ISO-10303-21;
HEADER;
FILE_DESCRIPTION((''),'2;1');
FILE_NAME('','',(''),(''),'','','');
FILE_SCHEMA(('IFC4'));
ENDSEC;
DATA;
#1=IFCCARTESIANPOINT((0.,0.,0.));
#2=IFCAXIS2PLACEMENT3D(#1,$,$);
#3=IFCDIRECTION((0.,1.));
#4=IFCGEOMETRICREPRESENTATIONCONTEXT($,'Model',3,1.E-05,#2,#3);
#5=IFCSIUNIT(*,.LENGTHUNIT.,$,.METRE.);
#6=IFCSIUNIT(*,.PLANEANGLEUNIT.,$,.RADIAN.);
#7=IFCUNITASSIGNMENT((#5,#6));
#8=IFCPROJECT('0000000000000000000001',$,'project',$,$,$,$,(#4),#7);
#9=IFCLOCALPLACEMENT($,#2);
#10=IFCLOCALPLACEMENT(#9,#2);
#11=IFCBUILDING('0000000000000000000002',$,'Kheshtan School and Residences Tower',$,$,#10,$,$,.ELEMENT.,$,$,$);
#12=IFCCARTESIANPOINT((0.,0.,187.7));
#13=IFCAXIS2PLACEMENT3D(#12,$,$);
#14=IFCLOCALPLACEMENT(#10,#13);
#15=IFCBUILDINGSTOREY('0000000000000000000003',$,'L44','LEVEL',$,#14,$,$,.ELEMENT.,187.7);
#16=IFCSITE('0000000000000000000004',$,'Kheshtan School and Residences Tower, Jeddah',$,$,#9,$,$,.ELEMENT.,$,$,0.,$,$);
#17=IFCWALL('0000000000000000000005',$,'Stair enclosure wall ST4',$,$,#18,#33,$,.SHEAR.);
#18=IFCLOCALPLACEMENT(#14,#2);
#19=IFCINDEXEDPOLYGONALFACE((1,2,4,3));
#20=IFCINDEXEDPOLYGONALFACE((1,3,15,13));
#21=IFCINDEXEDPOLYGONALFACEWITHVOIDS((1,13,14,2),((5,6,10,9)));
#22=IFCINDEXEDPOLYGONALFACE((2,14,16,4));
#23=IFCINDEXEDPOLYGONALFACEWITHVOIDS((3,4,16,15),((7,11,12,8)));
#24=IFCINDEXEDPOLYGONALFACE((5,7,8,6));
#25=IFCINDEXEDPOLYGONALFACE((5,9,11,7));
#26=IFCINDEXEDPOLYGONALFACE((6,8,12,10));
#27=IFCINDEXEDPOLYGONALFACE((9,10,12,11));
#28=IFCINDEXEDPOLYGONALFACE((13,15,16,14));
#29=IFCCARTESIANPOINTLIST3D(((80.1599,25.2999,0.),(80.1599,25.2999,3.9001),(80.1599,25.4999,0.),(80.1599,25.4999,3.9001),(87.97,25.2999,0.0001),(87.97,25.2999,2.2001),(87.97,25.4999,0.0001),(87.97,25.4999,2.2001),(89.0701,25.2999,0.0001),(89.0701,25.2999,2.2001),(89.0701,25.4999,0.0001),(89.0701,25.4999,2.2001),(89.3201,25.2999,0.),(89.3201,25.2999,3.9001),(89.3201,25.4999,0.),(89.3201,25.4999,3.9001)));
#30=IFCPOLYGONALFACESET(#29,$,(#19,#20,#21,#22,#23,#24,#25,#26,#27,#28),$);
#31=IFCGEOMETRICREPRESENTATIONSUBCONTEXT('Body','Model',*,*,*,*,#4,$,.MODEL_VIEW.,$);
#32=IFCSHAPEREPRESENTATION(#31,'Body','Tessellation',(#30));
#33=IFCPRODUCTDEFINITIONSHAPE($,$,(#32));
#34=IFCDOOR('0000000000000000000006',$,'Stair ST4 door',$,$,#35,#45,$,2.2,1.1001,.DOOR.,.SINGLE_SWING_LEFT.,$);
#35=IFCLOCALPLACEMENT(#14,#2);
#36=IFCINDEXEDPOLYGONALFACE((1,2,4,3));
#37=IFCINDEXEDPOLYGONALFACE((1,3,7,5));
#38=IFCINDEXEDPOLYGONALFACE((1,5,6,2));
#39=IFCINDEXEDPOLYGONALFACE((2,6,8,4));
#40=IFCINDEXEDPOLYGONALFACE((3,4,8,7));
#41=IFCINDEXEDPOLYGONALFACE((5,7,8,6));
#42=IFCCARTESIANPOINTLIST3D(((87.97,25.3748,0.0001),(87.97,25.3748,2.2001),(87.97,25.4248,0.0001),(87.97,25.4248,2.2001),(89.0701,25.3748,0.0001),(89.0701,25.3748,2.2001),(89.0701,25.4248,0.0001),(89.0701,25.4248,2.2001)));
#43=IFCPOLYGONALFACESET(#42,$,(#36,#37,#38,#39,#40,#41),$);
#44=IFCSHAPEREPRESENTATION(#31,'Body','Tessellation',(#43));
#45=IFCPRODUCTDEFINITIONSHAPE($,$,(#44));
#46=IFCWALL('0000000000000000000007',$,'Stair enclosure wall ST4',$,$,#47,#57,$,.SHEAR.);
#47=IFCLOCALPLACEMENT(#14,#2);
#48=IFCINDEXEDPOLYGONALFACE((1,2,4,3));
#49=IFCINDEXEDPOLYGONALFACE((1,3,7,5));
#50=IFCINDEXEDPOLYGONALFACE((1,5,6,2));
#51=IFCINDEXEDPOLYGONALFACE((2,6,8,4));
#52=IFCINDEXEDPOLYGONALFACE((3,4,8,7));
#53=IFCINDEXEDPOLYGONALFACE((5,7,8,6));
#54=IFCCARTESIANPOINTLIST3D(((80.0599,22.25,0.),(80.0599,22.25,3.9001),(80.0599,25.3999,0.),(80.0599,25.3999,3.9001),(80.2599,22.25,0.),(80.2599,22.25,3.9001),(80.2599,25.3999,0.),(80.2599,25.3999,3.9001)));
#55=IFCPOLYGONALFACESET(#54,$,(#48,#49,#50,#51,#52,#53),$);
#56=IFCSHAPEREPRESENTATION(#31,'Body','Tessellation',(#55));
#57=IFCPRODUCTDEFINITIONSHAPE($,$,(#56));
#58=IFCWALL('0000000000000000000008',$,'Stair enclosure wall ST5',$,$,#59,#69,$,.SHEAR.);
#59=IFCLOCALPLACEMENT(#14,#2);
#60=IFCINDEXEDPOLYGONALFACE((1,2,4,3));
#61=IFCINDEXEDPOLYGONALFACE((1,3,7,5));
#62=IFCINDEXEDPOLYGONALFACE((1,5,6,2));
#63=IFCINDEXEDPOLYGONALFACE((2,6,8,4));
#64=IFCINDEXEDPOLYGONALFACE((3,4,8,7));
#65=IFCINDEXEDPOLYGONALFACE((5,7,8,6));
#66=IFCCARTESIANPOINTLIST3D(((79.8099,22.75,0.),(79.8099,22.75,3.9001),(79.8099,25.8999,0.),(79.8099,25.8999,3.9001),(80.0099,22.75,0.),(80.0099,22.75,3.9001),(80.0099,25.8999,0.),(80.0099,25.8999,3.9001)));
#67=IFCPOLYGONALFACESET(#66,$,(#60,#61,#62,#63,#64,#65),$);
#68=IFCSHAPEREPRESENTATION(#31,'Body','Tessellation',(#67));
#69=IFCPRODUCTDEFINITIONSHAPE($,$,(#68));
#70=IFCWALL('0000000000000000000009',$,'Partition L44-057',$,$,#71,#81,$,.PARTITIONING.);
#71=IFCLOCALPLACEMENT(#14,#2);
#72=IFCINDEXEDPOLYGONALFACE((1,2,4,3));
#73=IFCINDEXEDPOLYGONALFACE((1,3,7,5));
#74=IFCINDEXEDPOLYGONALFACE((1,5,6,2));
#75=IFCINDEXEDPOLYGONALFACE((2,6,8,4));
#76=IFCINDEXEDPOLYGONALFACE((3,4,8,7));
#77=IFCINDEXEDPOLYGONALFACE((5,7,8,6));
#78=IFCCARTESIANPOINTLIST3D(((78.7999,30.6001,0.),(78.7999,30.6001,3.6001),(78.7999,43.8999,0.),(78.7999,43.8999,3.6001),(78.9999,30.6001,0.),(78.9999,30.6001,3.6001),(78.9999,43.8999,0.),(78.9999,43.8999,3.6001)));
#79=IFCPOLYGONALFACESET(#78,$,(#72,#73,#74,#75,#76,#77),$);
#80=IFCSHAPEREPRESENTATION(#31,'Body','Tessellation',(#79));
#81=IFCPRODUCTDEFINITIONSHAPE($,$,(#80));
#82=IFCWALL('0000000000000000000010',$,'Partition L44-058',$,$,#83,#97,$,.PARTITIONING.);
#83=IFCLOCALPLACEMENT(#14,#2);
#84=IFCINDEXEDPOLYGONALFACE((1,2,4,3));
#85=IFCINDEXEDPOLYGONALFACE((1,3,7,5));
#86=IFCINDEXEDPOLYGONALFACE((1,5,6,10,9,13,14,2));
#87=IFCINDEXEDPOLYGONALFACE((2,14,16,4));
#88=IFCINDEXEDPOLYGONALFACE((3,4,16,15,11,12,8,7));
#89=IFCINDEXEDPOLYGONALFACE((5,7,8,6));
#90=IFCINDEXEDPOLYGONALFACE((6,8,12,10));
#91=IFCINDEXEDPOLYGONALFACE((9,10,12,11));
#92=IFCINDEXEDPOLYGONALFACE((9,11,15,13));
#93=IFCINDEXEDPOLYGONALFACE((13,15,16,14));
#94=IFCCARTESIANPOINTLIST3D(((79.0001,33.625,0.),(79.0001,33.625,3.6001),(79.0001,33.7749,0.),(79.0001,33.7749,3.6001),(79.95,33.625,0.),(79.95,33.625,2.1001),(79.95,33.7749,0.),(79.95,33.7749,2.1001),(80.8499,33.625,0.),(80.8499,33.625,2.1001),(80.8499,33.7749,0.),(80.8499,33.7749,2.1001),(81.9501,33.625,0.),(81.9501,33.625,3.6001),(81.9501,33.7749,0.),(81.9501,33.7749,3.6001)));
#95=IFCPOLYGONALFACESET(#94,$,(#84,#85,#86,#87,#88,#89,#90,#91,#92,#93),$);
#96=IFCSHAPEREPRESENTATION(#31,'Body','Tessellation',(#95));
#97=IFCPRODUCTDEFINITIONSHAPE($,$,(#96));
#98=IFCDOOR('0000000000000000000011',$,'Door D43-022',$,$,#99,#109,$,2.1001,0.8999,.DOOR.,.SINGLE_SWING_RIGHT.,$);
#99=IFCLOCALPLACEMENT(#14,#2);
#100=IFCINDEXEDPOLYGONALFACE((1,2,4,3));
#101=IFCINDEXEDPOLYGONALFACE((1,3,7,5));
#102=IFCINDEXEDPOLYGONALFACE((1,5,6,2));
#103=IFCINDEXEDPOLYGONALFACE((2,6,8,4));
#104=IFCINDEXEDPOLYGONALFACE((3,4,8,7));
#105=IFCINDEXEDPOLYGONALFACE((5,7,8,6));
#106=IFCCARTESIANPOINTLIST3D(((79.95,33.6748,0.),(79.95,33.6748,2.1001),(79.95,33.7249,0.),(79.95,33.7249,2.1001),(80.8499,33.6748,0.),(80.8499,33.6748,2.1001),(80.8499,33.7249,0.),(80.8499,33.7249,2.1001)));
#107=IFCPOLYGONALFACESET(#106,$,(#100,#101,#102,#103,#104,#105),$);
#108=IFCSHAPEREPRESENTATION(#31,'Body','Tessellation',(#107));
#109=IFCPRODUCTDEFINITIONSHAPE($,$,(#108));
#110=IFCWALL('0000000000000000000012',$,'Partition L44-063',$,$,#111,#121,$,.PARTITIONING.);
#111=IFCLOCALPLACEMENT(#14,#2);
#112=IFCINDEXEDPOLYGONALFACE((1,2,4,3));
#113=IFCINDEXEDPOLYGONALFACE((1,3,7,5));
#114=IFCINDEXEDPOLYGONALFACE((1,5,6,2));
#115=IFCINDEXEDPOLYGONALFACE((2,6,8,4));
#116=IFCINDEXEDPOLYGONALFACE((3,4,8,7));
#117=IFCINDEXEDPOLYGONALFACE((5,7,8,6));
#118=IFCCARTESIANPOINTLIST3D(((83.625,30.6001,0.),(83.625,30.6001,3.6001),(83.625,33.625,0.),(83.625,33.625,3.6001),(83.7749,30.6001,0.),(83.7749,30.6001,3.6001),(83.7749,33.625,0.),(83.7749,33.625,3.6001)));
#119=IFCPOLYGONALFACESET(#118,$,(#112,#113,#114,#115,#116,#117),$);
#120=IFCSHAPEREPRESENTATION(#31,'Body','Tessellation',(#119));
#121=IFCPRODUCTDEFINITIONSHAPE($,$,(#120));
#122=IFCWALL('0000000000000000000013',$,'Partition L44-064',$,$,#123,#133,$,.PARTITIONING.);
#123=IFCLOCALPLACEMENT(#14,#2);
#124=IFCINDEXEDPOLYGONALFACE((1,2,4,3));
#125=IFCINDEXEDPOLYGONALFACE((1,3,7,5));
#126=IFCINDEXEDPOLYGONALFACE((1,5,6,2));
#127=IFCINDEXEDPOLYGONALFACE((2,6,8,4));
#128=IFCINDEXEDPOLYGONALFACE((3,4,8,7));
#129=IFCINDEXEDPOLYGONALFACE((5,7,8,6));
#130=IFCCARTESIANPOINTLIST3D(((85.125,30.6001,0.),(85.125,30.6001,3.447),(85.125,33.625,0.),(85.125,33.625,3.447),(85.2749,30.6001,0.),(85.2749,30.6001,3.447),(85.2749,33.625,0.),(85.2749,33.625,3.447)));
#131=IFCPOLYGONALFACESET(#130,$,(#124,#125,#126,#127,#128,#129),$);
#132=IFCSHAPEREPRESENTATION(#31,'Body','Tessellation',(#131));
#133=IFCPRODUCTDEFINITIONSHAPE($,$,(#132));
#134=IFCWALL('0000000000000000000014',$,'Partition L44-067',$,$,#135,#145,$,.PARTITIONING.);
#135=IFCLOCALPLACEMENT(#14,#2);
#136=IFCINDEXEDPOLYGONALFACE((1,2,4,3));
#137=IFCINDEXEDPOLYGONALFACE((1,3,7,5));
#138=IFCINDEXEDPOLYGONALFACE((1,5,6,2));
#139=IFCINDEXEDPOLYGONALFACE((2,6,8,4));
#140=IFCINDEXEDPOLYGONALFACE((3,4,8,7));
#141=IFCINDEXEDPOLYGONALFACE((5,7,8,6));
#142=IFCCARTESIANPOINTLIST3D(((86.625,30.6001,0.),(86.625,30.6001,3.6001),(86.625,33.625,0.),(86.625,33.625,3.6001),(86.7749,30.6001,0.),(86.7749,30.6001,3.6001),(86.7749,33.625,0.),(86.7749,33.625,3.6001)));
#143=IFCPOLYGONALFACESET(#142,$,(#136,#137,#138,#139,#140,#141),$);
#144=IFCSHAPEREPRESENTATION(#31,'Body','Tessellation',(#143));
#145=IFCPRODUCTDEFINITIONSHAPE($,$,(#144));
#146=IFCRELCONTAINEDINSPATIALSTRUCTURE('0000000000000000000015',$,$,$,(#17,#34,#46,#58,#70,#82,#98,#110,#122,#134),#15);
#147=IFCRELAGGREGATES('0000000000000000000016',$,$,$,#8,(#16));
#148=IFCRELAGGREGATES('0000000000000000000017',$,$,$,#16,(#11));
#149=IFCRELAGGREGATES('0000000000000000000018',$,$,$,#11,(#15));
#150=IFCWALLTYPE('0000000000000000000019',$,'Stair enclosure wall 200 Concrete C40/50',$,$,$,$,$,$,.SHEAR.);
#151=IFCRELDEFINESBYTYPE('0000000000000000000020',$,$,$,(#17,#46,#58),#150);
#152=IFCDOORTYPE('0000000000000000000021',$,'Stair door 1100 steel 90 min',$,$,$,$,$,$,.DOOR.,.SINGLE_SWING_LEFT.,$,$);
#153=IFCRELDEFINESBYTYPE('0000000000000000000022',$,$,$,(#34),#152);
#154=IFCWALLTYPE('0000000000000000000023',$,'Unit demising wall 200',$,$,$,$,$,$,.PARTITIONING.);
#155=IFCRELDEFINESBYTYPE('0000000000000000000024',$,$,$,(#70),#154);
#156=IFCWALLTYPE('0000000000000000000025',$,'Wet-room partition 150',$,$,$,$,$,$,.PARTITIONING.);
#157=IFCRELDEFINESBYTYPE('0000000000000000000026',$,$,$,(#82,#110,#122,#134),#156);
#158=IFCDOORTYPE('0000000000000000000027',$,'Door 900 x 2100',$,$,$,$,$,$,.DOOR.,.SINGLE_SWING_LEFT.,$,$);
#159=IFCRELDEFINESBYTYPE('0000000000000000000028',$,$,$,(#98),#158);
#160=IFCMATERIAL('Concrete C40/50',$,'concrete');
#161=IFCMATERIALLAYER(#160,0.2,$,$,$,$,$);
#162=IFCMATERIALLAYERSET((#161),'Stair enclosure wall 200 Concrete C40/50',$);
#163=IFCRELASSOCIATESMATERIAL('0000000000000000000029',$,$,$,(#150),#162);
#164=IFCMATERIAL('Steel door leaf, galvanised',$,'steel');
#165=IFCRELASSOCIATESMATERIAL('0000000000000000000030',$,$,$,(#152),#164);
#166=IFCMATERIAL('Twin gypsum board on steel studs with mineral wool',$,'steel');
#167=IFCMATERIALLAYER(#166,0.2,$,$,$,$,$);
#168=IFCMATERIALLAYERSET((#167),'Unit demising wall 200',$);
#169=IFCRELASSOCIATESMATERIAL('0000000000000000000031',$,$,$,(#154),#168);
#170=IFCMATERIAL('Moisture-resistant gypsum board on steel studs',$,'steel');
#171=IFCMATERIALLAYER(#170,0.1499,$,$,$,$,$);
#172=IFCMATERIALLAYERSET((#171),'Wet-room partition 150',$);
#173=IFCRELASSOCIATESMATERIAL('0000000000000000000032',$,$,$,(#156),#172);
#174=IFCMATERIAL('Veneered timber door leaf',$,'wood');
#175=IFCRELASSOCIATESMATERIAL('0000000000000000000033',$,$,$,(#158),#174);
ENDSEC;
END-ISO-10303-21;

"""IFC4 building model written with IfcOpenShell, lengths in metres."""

from ifc_helpers import new_model, si_unit, direction, frame, frame_2d, origin, place, context, subcontext, project, spatial, rectangle, extrude, source, transform, mapped, material, layer, layer_set, type_object, element, fill, save


model = new_model("IFC4")

# Units and contexts
model_context = context("Model", 3, precision=1e-05, world=origin(), true_north=direction((0.0, 1.0)))
body_context = subcontext(model_context, "Body", "Model", "MODEL_VIEW")
ifc_project = project(units=[si_unit("LENGTHUNIT", "METRE"), si_unit("PLANEANGLEUNIT", "RADIAN")], contexts=[model_context])

# Site, building, storey
site_placement = place(None, origin())
site = spatial("IfcSite", under=ifc_project, at=site_placement, Name="Kheshtan School and Residences Tower, Jeddah", CompositionType="ELEMENT", RefElevation=0.0)
building_placement = place(site_placement, origin())
building = spatial("IfcBuilding", under=site, at=building_placement, Name="Kheshtan School and Residences Tower", CompositionType="ELEMENT")
storey_placement = place(building_placement, frame((0.0, 0.0, 187.7)))
storey = spatial("IfcBuildingStorey", under=building, at=storey_placement, Name="L44", Description="LEVEL", CompositionType="ELEMENT", Elevation=187.7)

# Shared definitions
ifc_material_1 = material(Name="Concrete C40/50", Category="concrete")
ifc_layer_1 = layer(ifc_material_1, 0.2)
ifc_layer_set_1 = layer_set([ifc_layer_1], Name="Stair enclosure wall 200 Concrete C40/50")
wall_type_1 = type_object("IfcWallType", Name="Stair enclosure wall 200 Concrete C40/50", PredefinedType="SHEAR", material=ifc_layer_set_1)

# Wall, opening, door
wall_1_placement = place(storey_placement, frame((80.1599, 25.3999, 0.0), z_axis=(0.0, 0.0, 1.0), x_axis=(1.0, 0.0, 0.0)))
wall_1 = element("IfcWall", 1, at=wall_1_placement, inside=storey, type_object=wall_type_1, Name="Stair enclosure wall ST4", PredefinedType="SHEAR", context=body_context, shape_type="SweptSolid", body=[
    extrude(rectangle(XDim=9.1602, YDim=0.2, at=frame_2d((4.5801, 0.0))), origin(), (0.0, 0.0, 1.0), 3.9001),
])
opening_1_placement = place(wall_1_placement, frame((7.8101, 0.0, 0.0)))
opening_1 = element("IfcOpeningElement", 2, at=opening_1_placement, cuts=wall_1, PredefinedType="OPENING", context=body_context, shape_type="SweptSolid", body=[
    extrude(rectangle(XDim=1.1001, YDim=2.2, at=frame_2d((0.55, 1.1001))), frame((0.0, 0.1099, 0.0), z_axis=(0.0, -1.0, 0.0), x_axis=(1.0, 0.0, 0.0)), (0.0, 0.0, 1.0), 0.22),
])
ifc_material_2 = material(Name="Steel door leaf, galvanised", Category="steel")
door_type_1 = type_object("IfcDoorType", Name="Stair door 1100 steel 90 min", OperationType="SINGLE_SWING_LEFT", PredefinedType="DOOR", material=ifc_material_2)
shared_shape_1 = source(origin(), body_context, "Body", "SweptSolid", [
    extrude(rectangle(XDim=1.1001, YDim=2.2, at=frame_2d((0.55, 1.1001))), frame((0.0, 0.0249, 0.0), z_axis=(0.0, -1.0, 0.0), x_axis=(1.0, 0.0, 0.0)), (0.0, 0.0, 1.0), 0.05),
])
door_1_placement = place(opening_1_placement, origin())
door_1 = element("IfcDoor", 3, at=door_1_placement, inside=storey, type_object=door_type_1, Name="Stair ST4 door", OperationType="SINGLE_SWING_LEFT", OverallHeight=2.2, OverallWidth=1.1001, PredefinedType="DOOR", context=body_context, shape_type="MappedRepresentation", body=[
    mapped(shared_shape_1, transform((0.0, 0.0, 0.0), x_axis=(1.0, 0.0, 0.0), y_axis=(0.0, 1.0, 0.0), z_axis=(0.0, 0.0, 1.0), scale=1.0)),
])
fill(opening_1, door_1)

# Walls
for number, where, z_axis, x_axis, name in (
    (4, (80.1599, 22.25, 0.0), (0.0, 0.0, 1.0), (0.0, 1.0, 0.0), "Stair enclosure wall ST4"),
    (5, (79.9099, 22.75, 0.0), (0.0, 0.0, 1.0), (0.0, 1.0, 0.0), "Stair enclosure wall ST5"),
):
    element("IfcWall", number, at=place(storey_placement, frame(where, z_axis=z_axis, x_axis=x_axis)), inside=storey, type_object=wall_type_1, Name=name, PredefinedType="SHEAR", context=body_context, shape_type="SweptSolid", body=[
        extrude(rectangle(XDim=3.1499, YDim=0.2, at=frame_2d((1.575, 0.0))), origin(), (0.0, 0.0, 1.0), 3.9001),
    ])
ifc_material_3 = material(Name="Twin gypsum board on steel studs with mineral wool", Category="steel")
ifc_layer_2 = layer(ifc_material_3, 0.2)
ifc_layer_set_2 = layer_set([ifc_layer_2], Name="Unit demising wall 200")
wall_type_2 = type_object("IfcWallType", Name="Unit demising wall 200", PredefinedType="PARTITIONING", material=ifc_layer_set_2)
wall_2_placement = place(storey_placement, frame((78.8999, 30.6001, 0.0), z_axis=(0.0, 0.0, 1.0), x_axis=(0.0, 1.0, 0.0)))
element("IfcWall", 6, at=wall_2_placement, inside=storey, type_object=wall_type_2, Name="Partition L44-057", PredefinedType="PARTITIONING", context=body_context, shape_type="SweptSolid", body=[
    extrude(rectangle(XDim=13.2998, YDim=0.2, at=frame_2d((6.6499, 0.0))), origin(), (0.0, 0.0, 1.0), 3.6001),
])

# Wall, opening, door
ifc_material_4 = material(Name="Moisture-resistant gypsum board on steel studs", Category="steel")
ifc_layer_3 = layer(ifc_material_4, 0.1499)
ifc_layer_set_3 = layer_set([ifc_layer_3], Name="Wet-room partition 150")
wall_type_3 = type_object("IfcWallType", Name="Wet-room partition 150", PredefinedType="PARTITIONING", material=ifc_layer_set_3)
wall_3_placement = place(storey_placement, frame((79.0, 33.7, 0.0), z_axis=(0.0, 0.0, 1.0), x_axis=(1.0, 0.0, 0.0)))
wall_3 = element("IfcWall", 7, at=wall_3_placement, inside=storey, type_object=wall_type_3, Name="Partition L44-058", PredefinedType="PARTITIONING", context=body_context, shape_type="SweptSolid", body=[
    extrude(rectangle(XDim=2.95, YDim=0.1499, at=frame_2d((1.4751, 0.0))), origin(), (0.0, 0.0, 1.0), 3.6001),
])
opening_2_placement = place(wall_3_placement, frame((0.95, 0.0, 0.0)))
opening_2 = element("IfcOpeningElement", 8, at=opening_2_placement, cuts=wall_3, PredefinedType="OPENING", context=body_context, shape_type="SweptSolid", body=[
    extrude(rectangle(XDim=0.8999, YDim=2.1001, at=frame_2d((0.45, 1.05))), frame((0.0, 0.085, 0.0), z_axis=(0.0, -1.0, 0.0), x_axis=(1.0, 0.0, 0.0)), (0.0, 0.0, 1.0), 0.1699),
])
ifc_material_5 = material(Name="Veneered timber door leaf", Category="wood")
door_type_2 = type_object("IfcDoorType", Name="Door 900 x 2100", OperationType="SINGLE_SWING_LEFT", PredefinedType="DOOR", material=ifc_material_5)
shared_shape_2 = source(origin(), body_context, "Body", "SweptSolid", [
    extrude(rectangle(XDim=0.8999, YDim=2.1001, at=frame_2d((0.45, 1.05))), frame((0.0, 0.0249, 0.0), z_axis=(0.0, -1.0, 0.0), x_axis=(1.0, 0.0, 0.0)), (0.0, 0.0, 1.0), 0.05),
])
door_2_placement = place(opening_2_placement, origin())
door_2 = element("IfcDoor", 9, at=door_2_placement, inside=storey, type_object=door_type_2, Name="Door D43-022", OperationType="SINGLE_SWING_RIGHT", OverallHeight=2.1001, OverallWidth=0.8999, PredefinedType="DOOR", context=body_context, shape_type="MappedRepresentation", body=[
    mapped(shared_shape_2, transform((0.0, 0.0, 0.0), x_axis=(1.0, 0.0, 0.0), y_axis=(0.0, 1.0, 0.0), z_axis=(0.0, 0.0, 1.0), scale=1.0)),
])
fill(opening_2, door_2)

# Walls
wall_4_placement = place(storey_placement, frame((83.7, 30.6001, 0.0), z_axis=(0.0, 0.0, 1.0), x_axis=(0.0, 1.0, 0.0)))
element("IfcWall", 10, at=wall_4_placement, inside=storey, type_object=wall_type_3, Name="Partition L44-063", PredefinedType="PARTITIONING", context=body_context, shape_type="SweptSolid", body=[
    extrude(rectangle(XDim=3.0249, YDim=0.1499, at=frame_2d((1.5125, 0.0))), origin(), (0.0, 0.0, 1.0), 3.6001),
])
wall_5_placement = place(storey_placement, frame((85.2, 30.6001, 0.0), z_axis=(0.0, 0.0, 1.0), x_axis=(0.0, 1.0, 0.0)))
element("IfcWall", 11, at=wall_5_placement, inside=storey, type_object=wall_type_3, Name="Partition L44-064", PredefinedType="PARTITIONING", context=body_context, shape_type="SweptSolid", body=[
    extrude(rectangle(XDim=3.0249, YDim=0.1499, at=frame_2d((1.5125, 0.0))), origin(), (0.0, 0.0, 1.0), 3.447),
])
wall_6_placement = place(storey_placement, frame((86.7, 30.6001, 0.0), z_axis=(0.0, 0.0, 1.0), x_axis=(0.0, 1.0, 0.0)))
element("IfcWall", 12, at=wall_6_placement, inside=storey, type_object=wall_type_3, Name="Partition L44-067", PredefinedType="PARTITIONING", context=body_context, shape_type="SweptSolid", body=[
    extrude(rectangle(XDim=3.0249, YDim=0.1499, at=frame_2d((1.5125, 0.0))), origin(), (0.0, 0.0, 1.0), 3.6001),
])

save(model, "model.ifc")
